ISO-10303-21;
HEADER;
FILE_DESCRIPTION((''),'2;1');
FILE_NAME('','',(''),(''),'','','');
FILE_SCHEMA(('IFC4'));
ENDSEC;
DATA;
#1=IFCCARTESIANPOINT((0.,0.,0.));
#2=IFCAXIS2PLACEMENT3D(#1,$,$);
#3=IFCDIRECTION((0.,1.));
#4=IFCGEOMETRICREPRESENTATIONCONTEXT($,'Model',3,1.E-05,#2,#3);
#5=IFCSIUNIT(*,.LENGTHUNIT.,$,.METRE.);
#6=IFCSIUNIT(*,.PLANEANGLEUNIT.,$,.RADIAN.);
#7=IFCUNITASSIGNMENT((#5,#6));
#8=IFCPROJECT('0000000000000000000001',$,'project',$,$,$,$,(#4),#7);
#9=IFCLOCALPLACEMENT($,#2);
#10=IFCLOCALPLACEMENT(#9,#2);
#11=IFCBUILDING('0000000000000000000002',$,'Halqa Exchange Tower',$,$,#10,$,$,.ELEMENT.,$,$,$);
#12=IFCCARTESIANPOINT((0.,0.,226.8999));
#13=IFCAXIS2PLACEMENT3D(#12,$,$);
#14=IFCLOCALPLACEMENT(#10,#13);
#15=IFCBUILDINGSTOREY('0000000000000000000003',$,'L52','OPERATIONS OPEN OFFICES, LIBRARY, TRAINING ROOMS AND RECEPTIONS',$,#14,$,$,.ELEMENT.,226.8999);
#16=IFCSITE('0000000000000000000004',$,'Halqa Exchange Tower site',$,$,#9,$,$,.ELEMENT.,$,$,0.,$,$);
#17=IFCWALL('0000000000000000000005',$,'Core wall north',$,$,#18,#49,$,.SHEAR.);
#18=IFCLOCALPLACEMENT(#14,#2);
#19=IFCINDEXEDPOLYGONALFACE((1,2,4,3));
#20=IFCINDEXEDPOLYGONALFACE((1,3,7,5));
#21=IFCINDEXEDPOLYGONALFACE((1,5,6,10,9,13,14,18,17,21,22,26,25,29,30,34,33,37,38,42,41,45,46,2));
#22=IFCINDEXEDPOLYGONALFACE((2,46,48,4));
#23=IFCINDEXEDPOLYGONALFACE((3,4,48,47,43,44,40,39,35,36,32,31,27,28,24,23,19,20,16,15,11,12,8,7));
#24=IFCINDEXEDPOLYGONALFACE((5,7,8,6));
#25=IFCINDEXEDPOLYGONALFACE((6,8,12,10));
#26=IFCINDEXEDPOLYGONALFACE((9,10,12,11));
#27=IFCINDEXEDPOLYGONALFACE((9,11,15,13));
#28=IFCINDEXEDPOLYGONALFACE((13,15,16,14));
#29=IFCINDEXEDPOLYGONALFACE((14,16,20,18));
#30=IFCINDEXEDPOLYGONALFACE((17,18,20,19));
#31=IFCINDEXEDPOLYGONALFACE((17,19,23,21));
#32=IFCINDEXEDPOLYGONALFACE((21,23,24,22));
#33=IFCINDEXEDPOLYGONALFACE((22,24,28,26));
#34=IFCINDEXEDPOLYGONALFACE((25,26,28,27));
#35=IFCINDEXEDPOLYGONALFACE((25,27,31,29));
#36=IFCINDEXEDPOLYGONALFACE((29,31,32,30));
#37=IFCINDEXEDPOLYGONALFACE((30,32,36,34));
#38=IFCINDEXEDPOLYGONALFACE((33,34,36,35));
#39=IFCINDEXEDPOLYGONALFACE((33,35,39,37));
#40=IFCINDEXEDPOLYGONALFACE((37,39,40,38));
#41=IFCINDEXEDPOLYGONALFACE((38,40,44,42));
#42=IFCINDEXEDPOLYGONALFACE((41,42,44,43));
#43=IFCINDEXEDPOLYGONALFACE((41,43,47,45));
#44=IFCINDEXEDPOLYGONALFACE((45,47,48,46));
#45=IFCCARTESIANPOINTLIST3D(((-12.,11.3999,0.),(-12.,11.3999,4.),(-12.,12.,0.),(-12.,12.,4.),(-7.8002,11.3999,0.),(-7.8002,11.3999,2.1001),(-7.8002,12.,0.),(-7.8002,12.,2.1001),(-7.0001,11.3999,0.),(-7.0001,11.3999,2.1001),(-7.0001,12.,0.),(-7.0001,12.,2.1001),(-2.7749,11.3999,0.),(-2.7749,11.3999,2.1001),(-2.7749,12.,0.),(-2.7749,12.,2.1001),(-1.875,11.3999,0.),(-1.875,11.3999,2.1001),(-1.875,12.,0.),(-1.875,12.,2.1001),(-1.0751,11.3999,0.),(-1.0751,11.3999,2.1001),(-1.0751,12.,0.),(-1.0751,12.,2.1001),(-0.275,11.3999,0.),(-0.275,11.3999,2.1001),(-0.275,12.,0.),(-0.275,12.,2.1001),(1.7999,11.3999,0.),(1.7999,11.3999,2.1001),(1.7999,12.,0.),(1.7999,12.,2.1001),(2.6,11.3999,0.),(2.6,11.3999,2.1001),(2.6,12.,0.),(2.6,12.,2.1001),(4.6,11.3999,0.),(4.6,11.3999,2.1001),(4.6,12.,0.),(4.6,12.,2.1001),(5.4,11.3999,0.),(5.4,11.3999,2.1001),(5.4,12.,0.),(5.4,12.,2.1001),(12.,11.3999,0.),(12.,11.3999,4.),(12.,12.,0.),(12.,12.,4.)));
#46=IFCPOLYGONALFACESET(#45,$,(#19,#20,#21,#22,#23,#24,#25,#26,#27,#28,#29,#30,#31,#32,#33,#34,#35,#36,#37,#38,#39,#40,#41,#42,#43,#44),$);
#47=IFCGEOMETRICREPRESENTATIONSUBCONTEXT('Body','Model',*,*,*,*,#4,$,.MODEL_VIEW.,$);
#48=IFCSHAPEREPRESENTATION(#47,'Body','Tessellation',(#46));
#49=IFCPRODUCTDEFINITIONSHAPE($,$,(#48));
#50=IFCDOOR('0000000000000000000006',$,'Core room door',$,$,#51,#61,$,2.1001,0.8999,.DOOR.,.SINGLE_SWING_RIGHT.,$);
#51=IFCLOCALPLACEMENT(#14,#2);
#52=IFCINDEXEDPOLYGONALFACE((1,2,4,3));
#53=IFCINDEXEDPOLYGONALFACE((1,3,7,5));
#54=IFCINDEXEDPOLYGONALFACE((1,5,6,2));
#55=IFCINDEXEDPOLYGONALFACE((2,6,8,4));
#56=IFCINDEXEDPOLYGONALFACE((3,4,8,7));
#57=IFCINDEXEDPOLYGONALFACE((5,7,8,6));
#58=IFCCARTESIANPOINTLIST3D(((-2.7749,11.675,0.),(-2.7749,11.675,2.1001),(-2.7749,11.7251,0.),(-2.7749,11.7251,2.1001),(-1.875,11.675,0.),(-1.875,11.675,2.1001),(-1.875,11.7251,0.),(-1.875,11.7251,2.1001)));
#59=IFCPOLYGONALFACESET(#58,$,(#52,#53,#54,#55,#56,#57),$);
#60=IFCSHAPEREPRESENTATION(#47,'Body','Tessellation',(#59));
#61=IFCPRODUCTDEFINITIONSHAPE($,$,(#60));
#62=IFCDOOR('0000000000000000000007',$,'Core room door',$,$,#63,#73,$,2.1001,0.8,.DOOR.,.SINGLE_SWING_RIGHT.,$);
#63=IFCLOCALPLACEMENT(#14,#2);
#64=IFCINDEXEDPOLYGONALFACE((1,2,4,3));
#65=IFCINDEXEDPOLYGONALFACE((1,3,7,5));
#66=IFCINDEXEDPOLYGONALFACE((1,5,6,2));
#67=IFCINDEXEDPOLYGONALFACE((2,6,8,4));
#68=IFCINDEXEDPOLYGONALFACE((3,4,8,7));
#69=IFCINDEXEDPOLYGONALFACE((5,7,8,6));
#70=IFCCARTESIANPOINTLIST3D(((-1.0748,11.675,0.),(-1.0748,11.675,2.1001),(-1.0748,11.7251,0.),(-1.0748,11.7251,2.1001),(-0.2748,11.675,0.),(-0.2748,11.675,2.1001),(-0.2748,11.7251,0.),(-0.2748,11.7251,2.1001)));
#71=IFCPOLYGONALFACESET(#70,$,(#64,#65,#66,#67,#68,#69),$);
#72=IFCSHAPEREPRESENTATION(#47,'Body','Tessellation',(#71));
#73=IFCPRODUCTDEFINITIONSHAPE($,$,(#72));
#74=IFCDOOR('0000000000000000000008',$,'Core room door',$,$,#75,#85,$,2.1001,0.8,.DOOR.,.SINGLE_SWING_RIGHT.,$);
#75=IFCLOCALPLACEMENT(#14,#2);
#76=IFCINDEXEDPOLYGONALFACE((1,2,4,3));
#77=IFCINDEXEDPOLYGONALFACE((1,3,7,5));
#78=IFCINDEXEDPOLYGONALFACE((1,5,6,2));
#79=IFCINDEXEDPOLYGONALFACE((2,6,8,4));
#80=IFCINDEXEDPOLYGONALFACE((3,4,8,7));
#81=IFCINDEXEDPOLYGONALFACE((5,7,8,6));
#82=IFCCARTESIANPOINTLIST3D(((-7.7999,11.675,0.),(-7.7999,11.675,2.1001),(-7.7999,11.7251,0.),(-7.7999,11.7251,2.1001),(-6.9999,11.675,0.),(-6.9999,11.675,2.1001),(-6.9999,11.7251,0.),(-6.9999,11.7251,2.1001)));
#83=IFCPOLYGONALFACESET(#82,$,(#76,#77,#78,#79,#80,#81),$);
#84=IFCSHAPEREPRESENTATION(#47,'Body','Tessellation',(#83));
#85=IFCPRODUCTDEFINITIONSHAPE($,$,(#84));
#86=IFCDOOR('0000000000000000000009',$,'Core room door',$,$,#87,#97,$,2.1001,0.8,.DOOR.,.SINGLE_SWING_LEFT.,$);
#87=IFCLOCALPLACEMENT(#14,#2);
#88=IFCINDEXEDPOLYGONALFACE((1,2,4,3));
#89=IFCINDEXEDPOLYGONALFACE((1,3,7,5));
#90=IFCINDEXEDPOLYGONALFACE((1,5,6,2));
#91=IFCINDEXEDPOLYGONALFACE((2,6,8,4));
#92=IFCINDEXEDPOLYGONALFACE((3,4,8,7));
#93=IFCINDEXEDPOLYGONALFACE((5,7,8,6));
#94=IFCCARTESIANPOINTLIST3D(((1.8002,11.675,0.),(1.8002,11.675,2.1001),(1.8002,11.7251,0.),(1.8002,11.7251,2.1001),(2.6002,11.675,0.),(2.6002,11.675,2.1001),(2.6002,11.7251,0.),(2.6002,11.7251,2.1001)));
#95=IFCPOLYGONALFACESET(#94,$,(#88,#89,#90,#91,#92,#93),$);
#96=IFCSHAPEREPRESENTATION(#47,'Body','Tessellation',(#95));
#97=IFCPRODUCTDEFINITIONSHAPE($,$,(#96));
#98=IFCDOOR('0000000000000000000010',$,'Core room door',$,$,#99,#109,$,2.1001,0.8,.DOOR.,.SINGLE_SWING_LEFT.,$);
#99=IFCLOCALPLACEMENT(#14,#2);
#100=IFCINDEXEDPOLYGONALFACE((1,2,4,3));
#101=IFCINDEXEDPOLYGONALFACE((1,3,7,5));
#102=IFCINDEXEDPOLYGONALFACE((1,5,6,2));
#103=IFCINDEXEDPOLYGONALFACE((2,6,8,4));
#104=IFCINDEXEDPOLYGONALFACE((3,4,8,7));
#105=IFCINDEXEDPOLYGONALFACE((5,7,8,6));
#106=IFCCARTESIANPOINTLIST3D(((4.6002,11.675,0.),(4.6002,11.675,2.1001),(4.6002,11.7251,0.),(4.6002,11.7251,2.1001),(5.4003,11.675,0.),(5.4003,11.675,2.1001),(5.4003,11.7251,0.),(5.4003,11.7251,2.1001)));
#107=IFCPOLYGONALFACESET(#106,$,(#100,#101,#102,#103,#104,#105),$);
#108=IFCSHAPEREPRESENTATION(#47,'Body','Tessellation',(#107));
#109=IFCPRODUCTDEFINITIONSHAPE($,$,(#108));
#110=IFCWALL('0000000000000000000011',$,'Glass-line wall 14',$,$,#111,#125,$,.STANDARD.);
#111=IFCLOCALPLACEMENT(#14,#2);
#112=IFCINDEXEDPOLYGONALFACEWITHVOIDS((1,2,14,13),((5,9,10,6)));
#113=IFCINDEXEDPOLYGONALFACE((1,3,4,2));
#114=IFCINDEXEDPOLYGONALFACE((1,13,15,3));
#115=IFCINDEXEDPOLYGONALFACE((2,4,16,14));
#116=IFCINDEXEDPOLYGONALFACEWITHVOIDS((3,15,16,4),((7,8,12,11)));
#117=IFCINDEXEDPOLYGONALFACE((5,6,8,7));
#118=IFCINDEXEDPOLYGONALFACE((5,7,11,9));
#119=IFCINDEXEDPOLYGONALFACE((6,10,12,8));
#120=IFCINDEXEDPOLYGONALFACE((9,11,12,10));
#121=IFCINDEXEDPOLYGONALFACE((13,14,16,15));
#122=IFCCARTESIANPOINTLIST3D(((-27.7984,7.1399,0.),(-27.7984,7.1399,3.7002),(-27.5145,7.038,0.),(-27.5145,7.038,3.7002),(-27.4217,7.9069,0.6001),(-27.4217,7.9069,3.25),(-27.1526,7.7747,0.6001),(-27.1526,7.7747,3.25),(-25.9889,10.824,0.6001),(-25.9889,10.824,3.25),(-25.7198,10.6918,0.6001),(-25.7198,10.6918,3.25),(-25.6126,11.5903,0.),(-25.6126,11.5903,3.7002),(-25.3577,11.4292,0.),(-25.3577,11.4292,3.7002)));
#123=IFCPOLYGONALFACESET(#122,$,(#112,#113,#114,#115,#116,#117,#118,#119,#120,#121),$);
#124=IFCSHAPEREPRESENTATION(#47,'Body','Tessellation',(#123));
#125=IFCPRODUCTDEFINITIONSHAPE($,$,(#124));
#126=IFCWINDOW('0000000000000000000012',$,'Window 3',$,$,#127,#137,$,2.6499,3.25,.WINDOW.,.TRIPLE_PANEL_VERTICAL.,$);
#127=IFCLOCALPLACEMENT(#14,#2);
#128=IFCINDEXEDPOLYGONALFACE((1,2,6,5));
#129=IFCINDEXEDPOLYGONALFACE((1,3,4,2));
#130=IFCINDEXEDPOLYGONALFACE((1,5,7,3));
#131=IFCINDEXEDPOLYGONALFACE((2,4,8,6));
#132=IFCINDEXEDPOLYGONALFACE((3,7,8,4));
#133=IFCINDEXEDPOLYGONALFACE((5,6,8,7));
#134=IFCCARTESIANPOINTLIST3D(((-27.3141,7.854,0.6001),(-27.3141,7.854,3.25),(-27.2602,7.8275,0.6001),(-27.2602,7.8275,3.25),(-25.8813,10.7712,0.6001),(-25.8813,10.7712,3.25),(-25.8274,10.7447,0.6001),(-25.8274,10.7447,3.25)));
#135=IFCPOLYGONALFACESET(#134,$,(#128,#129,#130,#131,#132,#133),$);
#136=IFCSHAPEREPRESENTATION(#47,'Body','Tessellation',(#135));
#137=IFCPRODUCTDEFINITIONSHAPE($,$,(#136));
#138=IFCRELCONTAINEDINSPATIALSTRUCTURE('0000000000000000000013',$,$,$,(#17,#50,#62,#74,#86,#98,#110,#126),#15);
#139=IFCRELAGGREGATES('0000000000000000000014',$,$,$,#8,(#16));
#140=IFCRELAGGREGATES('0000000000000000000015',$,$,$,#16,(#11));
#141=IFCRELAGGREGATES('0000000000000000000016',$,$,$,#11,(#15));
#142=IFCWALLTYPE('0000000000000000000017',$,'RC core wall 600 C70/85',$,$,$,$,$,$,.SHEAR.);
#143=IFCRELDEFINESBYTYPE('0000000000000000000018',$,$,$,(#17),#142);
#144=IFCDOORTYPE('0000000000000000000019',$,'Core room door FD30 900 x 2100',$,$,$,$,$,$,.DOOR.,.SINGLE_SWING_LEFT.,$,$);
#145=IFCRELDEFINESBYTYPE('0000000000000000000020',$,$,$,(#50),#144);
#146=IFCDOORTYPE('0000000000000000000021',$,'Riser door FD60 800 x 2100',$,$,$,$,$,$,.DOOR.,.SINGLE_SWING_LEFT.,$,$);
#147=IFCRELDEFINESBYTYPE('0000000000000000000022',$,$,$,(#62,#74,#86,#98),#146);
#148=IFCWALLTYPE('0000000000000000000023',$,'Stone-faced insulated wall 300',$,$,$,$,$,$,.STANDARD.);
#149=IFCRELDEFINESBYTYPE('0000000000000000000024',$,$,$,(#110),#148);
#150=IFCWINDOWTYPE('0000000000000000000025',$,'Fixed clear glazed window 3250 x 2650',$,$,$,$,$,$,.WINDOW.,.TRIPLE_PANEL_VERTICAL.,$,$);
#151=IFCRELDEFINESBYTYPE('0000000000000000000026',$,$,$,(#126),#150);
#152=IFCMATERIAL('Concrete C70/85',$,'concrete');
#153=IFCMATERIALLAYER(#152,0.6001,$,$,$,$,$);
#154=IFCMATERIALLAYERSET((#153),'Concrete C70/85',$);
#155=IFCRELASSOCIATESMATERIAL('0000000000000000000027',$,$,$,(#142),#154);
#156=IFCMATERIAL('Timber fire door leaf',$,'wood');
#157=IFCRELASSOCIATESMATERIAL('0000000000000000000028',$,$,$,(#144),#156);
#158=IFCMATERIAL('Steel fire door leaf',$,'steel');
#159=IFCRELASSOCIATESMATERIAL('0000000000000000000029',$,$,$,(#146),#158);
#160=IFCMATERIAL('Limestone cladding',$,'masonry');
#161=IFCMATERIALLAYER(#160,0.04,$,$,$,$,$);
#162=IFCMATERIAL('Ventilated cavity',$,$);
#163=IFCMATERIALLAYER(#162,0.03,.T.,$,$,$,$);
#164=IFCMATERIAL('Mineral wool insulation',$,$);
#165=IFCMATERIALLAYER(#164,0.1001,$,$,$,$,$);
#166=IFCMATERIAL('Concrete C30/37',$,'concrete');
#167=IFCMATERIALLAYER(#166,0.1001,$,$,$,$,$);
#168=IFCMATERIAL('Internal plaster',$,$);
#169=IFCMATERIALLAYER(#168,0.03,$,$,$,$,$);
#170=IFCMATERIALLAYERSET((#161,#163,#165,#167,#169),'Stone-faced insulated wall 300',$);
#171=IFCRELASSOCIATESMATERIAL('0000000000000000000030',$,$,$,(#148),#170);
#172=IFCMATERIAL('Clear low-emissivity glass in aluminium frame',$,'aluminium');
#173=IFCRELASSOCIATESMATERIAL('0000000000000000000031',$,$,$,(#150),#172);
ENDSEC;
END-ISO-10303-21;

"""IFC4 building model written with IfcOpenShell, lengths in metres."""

from ifc_helpers import new_model, si_unit, direction, frame, frame_2d, origin, place, context, subcontext, project, spatial, polyline, rectangle, outline, extrude, material, layer, layer_set, type_object, element, fill, save


model = new_model("IFC4")

# Units and contexts
model_context = context("Model", 3, precision=1e-05, world=origin(), true_north=direction((0.0, 1.0)))
body_context = subcontext(model_context, "Body", "Model", "MODEL_VIEW")
ifc_project = project(units=[si_unit("LENGTHUNIT", "METRE"), si_unit("PLANEANGLEUNIT", "RADIAN")], contexts=[model_context])

# Site, building, storey
site_placement = place(None, origin())
site = spatial("IfcSite", under=ifc_project, at=site_placement, Name="Halqa Exchange Tower site", CompositionType="ELEMENT", RefElevation=0.0)
building_placement = place(site_placement, origin())
building = spatial("IfcBuilding", under=site, at=building_placement, Name="Halqa Exchange Tower", CompositionType="ELEMENT")
storey_placement = place(building_placement, frame((0.0, 0.0, 226.8999)))
storey = spatial("IfcBuildingStorey", under=building, at=storey_placement, Name="L52", Description="OPERATIONS OPEN OFFICES, LIBRARY, TRAINING ROOMS AND RECEPTIONS", CompositionType="ELEMENT", Elevation=226.8999)

# Wall, openings, doors
ifc_material_1 = material(Name="Concrete C70/85", Category="concrete")
ifc_layer_1 = layer(ifc_material_1, 0.6001)
ifc_layer_set_1 = layer_set([ifc_layer_1], Name="Concrete C70/85")
wall_type_1 = type_object("IfcWallType", Name="RC core wall 600 C70/85", PredefinedType="SHEAR", material=ifc_layer_set_1)
wall_1_placement = place(storey_placement, frame((-12.0, 11.7, 0.0), z_axis=(0.0, 0.0, 1.0), x_axis=(1.0, 0.0, 0.0)))
wall_1 = element("IfcWall", 1, at=wall_1_placement, inside=storey, type_object=wall_type_1, Name="Core wall north", PredefinedType="SHEAR", context=body_context, shape_type="SweptSolid", body=[
    extrude(rectangle(XDim=24.0, YDim=0.6001, at=frame_2d((12.0, 0.0))), origin(), (0.0, 0.0, 1.0), 4.0),
])
opening_1_placement = place(wall_1_placement, frame((9.2251, 0.0, 0.0)))
opening_1 = element("IfcOpeningElement", 2, at=opening_1_placement, cuts=wall_1, PredefinedType="OPENING", context=body_context, shape_type="SweptSolid", body=[
    extrude(rectangle(XDim=0.8999, YDim=2.1001, at=frame_2d((0.45, 1.05))), frame((0.0, 0.312, 0.0), z_axis=(0.0, -1.0, 0.0), x_axis=(1.0, 0.0, 0.0)), (0.0, 0.0, 1.0), 0.624),
])
opening_2_placement = place(wall_1_placement, frame((10.925, 0.0, 0.0)))
opening_2 = element("IfcOpeningElement", 3, at=opening_2_placement, cuts=wall_1, PredefinedType="OPENING", context=body_context, shape_type="SweptSolid", body=[
    extrude(rectangle(XDim=0.8, YDim=2.1001, at=frame_2d((0.3999, 1.05))), frame((0.0, 0.312, 0.0), z_axis=(0.0, -1.0, 0.0), x_axis=(1.0, 0.0, 0.0)), (0.0, 0.0, 1.0), 0.624),
])
opening_3_placement = place(wall_1_placement, frame((4.2, 0.0, 0.0)))
opening_3 = element("IfcOpeningElement", 4, at=opening_3_placement, cuts=wall_1, PredefinedType="OPENING", context=body_context, shape_type="SweptSolid", body=[
    extrude(rectangle(XDim=0.8, YDim=2.1001, at=frame_2d((0.3999, 1.05))), frame((0.0, 0.312, 0.0), z_axis=(0.0, -1.0, 0.0), x_axis=(1.0, 0.0, 0.0)), (0.0, 0.0, 1.0), 0.624),
])
opening_4_placement = place(wall_1_placement, frame((13.8, 0.0, 0.0)))
opening_4 = element("IfcOpeningElement", 5, at=opening_4_placement, cuts=wall_1, PredefinedType="OPENING", context=body_context, shape_type="SweptSolid", body=[
    extrude(rectangle(XDim=0.8, YDim=2.1001, at=frame_2d((0.3999, 1.05))), frame((0.0, 0.312, 0.0), z_axis=(0.0, -1.0, 0.0), x_axis=(1.0, 0.0, 0.0)), (0.0, 0.0, 1.0), 0.624),
])
opening_5_placement = place(wall_1_placement, frame((16.6001, 0.0, 0.0)))
opening_5 = element("IfcOpeningElement", 6, at=opening_5_placement, cuts=wall_1, PredefinedType="OPENING", context=body_context, shape_type="SweptSolid", body=[
    extrude(rectangle(XDim=0.8, YDim=2.1001, at=frame_2d((0.3999, 1.05))), frame((0.0, 0.312, 0.0), z_axis=(0.0, -1.0, 0.0), x_axis=(1.0, 0.0, 0.0)), (0.0, 0.0, 1.0), 0.624),
])
ifc_material_2 = material(Name="Timber fire door leaf", Category="wood")
door_type_1 = type_object("IfcDoorType", Name="Core room door FD30 900 x 2100", OperationType="SINGLE_SWING_LEFT", PredefinedType="DOOR", material=ifc_material_2)
door_1_placement = place(opening_1_placement, frame((0.8999, 0.0, 0.0), z_axis=(0.0, 0.0, 1.0), x_axis=(-1.0, 0.0, 0.0)))
door_1 = element("IfcDoor", 7, at=door_1_placement, inside=storey, type_object=door_type_1, Name="Core room door", OperationType="SINGLE_SWING_RIGHT", OverallHeight=2.1001, OverallWidth=0.8999, PredefinedType="DOOR", context=body_context, shape_type="SweptSolid", body=[
    extrude(rectangle(XDim=0.8999, YDim=2.1001, at=frame_2d((0.45, 1.05))), frame((0.0, 0.0249, 0.0), z_axis=(0.0, -1.0, 0.0), x_axis=(1.0, 0.0, 0.0)), (0.0, 0.0, 1.0), 0.05),
])
fill(opening_1, door_1)
ifc_material_3 = material(Name="Steel fire door leaf", Category="steel")
door_type_2 = type_object("IfcDoorType", Name="Riser door FD60 800 x 2100", OperationType="SINGLE_SWING_LEFT", PredefinedType="DOOR", material=ifc_material_3)
door_2_placement = place(opening_2_placement, frame((0.8, 0.0, 0.0), z_axis=(0.0, 0.0, 1.0), x_axis=(-1.0, 0.0, 0.0)))
door_2 = element("IfcDoor", 8, at=door_2_placement, inside=storey, type_object=door_type_2, Name="Core room door", OperationType="SINGLE_SWING_RIGHT", OverallHeight=2.1001, OverallWidth=0.8, PredefinedType="DOOR", context=body_context, shape_type="SweptSolid", body=[
    extrude(rectangle(XDim=0.8, YDim=2.1001, at=frame_2d((0.3999, 1.05))), frame((0.0, 0.0249, 0.0), z_axis=(0.0, -1.0, 0.0), x_axis=(1.0, 0.0, 0.0)), (0.0, 0.0, 1.0), 0.05),
])
fill(opening_2, door_2)
door_3_placement = place(opening_3_placement, frame((0.8, 0.0, 0.0), z_axis=(0.0, 0.0, 1.0), x_axis=(-1.0, 0.0, 0.0)))
door_3 = element("IfcDoor", 9, at=door_3_placement, inside=storey, type_object=door_type_2, Name="Core room door", OperationType="SINGLE_SWING_RIGHT", OverallHeight=2.1001, OverallWidth=0.8, PredefinedType="DOOR", context=body_context, shape_type="SweptSolid", body=[
    extrude(rectangle(XDim=0.8, YDim=2.1001, at=frame_2d((0.3999, 1.05))), frame((0.0, 0.0249, 0.0), z_axis=(0.0, -1.0, 0.0), x_axis=(1.0, 0.0, 0.0)), (0.0, 0.0, 1.0), 0.05),
])
fill(opening_3, door_3)
door_4_placement = place(opening_4_placement, frame((0.8, 0.0, 0.0), z_axis=(0.0, 0.0, 1.0), x_axis=(-1.0, 0.0, 0.0)))
door_4 = element("IfcDoor", 10, at=door_4_placement, inside=storey, type_object=door_type_2, Name="Core room door", OperationType="SINGLE_SWING_LEFT", OverallHeight=2.1001, OverallWidth=0.8, PredefinedType="DOOR", context=body_context, shape_type="SweptSolid", body=[
    extrude(rectangle(XDim=0.8, YDim=2.1001, at=frame_2d((0.3999, 1.05))), frame((0.0, 0.0249, 0.0), z_axis=(0.0, -1.0, 0.0), x_axis=(1.0, 0.0, 0.0)), (0.0, 0.0, 1.0), 0.05),
])
fill(opening_4, door_4)
door_5_placement = place(opening_5_placement, frame((0.8, 0.0, 0.0), z_axis=(0.0, 0.0, 1.0), x_axis=(-1.0, 0.0, 0.0)))
door_5 = element("IfcDoor", 11, at=door_5_placement, inside=storey, type_object=door_type_2, Name="Core room door", OperationType="SINGLE_SWING_LEFT", OverallHeight=2.1001, OverallWidth=0.8, PredefinedType="DOOR", context=body_context, shape_type="SweptSolid", body=[
    extrude(rectangle(XDim=0.8, YDim=2.1001, at=frame_2d((0.3999, 1.05))), frame((0.0, 0.0249, 0.0), z_axis=(0.0, -1.0, 0.0), x_axis=(1.0, 0.0, 0.0)), (0.0, 0.0, 1.0), 0.05),
])
fill(opening_5, door_5)

# Wall, opening, window
ifc_material_4 = material(Name="Limestone cladding", Category="masonry")
ifc_layer_2 = layer(ifc_material_4, 0.04)
ifc_material_5 = material(Name="Ventilated cavity")
ifc_layer_3 = layer(ifc_material_5, 0.03, ventilated=True)
ifc_material_6 = material(Name="Mineral wool insulation")
ifc_layer_4 = layer(ifc_material_6, 0.1001)
ifc_material_7 = material(Name="Concrete C30/37", Category="concrete")
ifc_layer_5 = layer(ifc_material_7, 0.1001)
ifc_material_8 = material(Name="Internal plaster")
ifc_layer_6 = layer(ifc_material_8, 0.03)
ifc_layer_set_2 = layer_set([ifc_layer_2, ifc_layer_3, ifc_layer_4, ifc_layer_5, ifc_layer_6], Name="Stone-faced insulated wall 300")
wall_type_2 = type_object("IfcWallType", Name="Stone-faced insulated wall 300", PredefinedType="STANDARD", material=ifc_layer_set_2)
wall_2_placement = place(storey_placement, frame((-25.4851, 11.5098, 0.0), z_axis=(0.0, 0.0, 1.0), x_axis=(-0.440858, -0.897577, 0.0)))
wall_2 = element("IfcWall", 12, at=wall_2_placement, inside=storey, type_object=wall_type_2, Name="Glass-line wall 14", PredefinedType="STANDARD", context=body_context, shape_type="SweptSolid", body=[
    extrude(outline(polyline([(-0.0161, -0.1499), (4.9421, -0.1499), (4.9084, 0.1499), (0.0161, 0.1499), (-0.0161, -0.1499)])), origin(), (0.0, 0.0, 1.0), 3.7002),
])
opening_6_placement = place(wall_2_placement, frame((0.8376, 0.0, 0.6001)))
opening_6 = element("IfcOpeningElement", 13, at=opening_6_placement, cuts=wall_2, PredefinedType="OPENING", context=body_context, shape_type="SweptSolid", body=[
    extrude(rectangle(XDim=3.25, YDim=2.6499, at=frame_2d((1.625, 1.325))), frame((0.0, 0.1621, 0.0), z_axis=(0.0, -1.0, 0.0), x_axis=(1.0, 0.0, 0.0)), (0.0, 0.0, 1.0), 0.324),
])
ifc_material_9 = material(Name="Clear low-emissivity glass in aluminium frame", Category="aluminium")
window_type = type_object("IfcWindowType", Name="Fixed clear glazed window 3250 x 2650", PartitioningType="TRIPLE_PANEL_VERTICAL", PredefinedType="WINDOW", material=ifc_material_9)
window_1_placement = place(opening_6_placement, origin())
window_1 = element("IfcWindow", 14, at=window_1_placement, inside=storey, type_object=window_type, Name="Window 3", OverallHeight=2.6499, OverallWidth=3.25, PartitioningType="TRIPLE_PANEL_VERTICAL", PredefinedType="WINDOW", context=body_context, shape_type="SweptSolid", body=[
    extrude(rectangle(XDim=3.25, YDim=2.6499, at=frame_2d((1.625, 1.325))), frame((0.0, 0.03, 0.0), z_axis=(0.0, -1.0, 0.0), x_axis=(1.0, 0.0, 0.0)), (0.0, 0.0, 1.0), 0.0601),
])
fill(opening_6, window_1)

save(model, "model.ifc")
